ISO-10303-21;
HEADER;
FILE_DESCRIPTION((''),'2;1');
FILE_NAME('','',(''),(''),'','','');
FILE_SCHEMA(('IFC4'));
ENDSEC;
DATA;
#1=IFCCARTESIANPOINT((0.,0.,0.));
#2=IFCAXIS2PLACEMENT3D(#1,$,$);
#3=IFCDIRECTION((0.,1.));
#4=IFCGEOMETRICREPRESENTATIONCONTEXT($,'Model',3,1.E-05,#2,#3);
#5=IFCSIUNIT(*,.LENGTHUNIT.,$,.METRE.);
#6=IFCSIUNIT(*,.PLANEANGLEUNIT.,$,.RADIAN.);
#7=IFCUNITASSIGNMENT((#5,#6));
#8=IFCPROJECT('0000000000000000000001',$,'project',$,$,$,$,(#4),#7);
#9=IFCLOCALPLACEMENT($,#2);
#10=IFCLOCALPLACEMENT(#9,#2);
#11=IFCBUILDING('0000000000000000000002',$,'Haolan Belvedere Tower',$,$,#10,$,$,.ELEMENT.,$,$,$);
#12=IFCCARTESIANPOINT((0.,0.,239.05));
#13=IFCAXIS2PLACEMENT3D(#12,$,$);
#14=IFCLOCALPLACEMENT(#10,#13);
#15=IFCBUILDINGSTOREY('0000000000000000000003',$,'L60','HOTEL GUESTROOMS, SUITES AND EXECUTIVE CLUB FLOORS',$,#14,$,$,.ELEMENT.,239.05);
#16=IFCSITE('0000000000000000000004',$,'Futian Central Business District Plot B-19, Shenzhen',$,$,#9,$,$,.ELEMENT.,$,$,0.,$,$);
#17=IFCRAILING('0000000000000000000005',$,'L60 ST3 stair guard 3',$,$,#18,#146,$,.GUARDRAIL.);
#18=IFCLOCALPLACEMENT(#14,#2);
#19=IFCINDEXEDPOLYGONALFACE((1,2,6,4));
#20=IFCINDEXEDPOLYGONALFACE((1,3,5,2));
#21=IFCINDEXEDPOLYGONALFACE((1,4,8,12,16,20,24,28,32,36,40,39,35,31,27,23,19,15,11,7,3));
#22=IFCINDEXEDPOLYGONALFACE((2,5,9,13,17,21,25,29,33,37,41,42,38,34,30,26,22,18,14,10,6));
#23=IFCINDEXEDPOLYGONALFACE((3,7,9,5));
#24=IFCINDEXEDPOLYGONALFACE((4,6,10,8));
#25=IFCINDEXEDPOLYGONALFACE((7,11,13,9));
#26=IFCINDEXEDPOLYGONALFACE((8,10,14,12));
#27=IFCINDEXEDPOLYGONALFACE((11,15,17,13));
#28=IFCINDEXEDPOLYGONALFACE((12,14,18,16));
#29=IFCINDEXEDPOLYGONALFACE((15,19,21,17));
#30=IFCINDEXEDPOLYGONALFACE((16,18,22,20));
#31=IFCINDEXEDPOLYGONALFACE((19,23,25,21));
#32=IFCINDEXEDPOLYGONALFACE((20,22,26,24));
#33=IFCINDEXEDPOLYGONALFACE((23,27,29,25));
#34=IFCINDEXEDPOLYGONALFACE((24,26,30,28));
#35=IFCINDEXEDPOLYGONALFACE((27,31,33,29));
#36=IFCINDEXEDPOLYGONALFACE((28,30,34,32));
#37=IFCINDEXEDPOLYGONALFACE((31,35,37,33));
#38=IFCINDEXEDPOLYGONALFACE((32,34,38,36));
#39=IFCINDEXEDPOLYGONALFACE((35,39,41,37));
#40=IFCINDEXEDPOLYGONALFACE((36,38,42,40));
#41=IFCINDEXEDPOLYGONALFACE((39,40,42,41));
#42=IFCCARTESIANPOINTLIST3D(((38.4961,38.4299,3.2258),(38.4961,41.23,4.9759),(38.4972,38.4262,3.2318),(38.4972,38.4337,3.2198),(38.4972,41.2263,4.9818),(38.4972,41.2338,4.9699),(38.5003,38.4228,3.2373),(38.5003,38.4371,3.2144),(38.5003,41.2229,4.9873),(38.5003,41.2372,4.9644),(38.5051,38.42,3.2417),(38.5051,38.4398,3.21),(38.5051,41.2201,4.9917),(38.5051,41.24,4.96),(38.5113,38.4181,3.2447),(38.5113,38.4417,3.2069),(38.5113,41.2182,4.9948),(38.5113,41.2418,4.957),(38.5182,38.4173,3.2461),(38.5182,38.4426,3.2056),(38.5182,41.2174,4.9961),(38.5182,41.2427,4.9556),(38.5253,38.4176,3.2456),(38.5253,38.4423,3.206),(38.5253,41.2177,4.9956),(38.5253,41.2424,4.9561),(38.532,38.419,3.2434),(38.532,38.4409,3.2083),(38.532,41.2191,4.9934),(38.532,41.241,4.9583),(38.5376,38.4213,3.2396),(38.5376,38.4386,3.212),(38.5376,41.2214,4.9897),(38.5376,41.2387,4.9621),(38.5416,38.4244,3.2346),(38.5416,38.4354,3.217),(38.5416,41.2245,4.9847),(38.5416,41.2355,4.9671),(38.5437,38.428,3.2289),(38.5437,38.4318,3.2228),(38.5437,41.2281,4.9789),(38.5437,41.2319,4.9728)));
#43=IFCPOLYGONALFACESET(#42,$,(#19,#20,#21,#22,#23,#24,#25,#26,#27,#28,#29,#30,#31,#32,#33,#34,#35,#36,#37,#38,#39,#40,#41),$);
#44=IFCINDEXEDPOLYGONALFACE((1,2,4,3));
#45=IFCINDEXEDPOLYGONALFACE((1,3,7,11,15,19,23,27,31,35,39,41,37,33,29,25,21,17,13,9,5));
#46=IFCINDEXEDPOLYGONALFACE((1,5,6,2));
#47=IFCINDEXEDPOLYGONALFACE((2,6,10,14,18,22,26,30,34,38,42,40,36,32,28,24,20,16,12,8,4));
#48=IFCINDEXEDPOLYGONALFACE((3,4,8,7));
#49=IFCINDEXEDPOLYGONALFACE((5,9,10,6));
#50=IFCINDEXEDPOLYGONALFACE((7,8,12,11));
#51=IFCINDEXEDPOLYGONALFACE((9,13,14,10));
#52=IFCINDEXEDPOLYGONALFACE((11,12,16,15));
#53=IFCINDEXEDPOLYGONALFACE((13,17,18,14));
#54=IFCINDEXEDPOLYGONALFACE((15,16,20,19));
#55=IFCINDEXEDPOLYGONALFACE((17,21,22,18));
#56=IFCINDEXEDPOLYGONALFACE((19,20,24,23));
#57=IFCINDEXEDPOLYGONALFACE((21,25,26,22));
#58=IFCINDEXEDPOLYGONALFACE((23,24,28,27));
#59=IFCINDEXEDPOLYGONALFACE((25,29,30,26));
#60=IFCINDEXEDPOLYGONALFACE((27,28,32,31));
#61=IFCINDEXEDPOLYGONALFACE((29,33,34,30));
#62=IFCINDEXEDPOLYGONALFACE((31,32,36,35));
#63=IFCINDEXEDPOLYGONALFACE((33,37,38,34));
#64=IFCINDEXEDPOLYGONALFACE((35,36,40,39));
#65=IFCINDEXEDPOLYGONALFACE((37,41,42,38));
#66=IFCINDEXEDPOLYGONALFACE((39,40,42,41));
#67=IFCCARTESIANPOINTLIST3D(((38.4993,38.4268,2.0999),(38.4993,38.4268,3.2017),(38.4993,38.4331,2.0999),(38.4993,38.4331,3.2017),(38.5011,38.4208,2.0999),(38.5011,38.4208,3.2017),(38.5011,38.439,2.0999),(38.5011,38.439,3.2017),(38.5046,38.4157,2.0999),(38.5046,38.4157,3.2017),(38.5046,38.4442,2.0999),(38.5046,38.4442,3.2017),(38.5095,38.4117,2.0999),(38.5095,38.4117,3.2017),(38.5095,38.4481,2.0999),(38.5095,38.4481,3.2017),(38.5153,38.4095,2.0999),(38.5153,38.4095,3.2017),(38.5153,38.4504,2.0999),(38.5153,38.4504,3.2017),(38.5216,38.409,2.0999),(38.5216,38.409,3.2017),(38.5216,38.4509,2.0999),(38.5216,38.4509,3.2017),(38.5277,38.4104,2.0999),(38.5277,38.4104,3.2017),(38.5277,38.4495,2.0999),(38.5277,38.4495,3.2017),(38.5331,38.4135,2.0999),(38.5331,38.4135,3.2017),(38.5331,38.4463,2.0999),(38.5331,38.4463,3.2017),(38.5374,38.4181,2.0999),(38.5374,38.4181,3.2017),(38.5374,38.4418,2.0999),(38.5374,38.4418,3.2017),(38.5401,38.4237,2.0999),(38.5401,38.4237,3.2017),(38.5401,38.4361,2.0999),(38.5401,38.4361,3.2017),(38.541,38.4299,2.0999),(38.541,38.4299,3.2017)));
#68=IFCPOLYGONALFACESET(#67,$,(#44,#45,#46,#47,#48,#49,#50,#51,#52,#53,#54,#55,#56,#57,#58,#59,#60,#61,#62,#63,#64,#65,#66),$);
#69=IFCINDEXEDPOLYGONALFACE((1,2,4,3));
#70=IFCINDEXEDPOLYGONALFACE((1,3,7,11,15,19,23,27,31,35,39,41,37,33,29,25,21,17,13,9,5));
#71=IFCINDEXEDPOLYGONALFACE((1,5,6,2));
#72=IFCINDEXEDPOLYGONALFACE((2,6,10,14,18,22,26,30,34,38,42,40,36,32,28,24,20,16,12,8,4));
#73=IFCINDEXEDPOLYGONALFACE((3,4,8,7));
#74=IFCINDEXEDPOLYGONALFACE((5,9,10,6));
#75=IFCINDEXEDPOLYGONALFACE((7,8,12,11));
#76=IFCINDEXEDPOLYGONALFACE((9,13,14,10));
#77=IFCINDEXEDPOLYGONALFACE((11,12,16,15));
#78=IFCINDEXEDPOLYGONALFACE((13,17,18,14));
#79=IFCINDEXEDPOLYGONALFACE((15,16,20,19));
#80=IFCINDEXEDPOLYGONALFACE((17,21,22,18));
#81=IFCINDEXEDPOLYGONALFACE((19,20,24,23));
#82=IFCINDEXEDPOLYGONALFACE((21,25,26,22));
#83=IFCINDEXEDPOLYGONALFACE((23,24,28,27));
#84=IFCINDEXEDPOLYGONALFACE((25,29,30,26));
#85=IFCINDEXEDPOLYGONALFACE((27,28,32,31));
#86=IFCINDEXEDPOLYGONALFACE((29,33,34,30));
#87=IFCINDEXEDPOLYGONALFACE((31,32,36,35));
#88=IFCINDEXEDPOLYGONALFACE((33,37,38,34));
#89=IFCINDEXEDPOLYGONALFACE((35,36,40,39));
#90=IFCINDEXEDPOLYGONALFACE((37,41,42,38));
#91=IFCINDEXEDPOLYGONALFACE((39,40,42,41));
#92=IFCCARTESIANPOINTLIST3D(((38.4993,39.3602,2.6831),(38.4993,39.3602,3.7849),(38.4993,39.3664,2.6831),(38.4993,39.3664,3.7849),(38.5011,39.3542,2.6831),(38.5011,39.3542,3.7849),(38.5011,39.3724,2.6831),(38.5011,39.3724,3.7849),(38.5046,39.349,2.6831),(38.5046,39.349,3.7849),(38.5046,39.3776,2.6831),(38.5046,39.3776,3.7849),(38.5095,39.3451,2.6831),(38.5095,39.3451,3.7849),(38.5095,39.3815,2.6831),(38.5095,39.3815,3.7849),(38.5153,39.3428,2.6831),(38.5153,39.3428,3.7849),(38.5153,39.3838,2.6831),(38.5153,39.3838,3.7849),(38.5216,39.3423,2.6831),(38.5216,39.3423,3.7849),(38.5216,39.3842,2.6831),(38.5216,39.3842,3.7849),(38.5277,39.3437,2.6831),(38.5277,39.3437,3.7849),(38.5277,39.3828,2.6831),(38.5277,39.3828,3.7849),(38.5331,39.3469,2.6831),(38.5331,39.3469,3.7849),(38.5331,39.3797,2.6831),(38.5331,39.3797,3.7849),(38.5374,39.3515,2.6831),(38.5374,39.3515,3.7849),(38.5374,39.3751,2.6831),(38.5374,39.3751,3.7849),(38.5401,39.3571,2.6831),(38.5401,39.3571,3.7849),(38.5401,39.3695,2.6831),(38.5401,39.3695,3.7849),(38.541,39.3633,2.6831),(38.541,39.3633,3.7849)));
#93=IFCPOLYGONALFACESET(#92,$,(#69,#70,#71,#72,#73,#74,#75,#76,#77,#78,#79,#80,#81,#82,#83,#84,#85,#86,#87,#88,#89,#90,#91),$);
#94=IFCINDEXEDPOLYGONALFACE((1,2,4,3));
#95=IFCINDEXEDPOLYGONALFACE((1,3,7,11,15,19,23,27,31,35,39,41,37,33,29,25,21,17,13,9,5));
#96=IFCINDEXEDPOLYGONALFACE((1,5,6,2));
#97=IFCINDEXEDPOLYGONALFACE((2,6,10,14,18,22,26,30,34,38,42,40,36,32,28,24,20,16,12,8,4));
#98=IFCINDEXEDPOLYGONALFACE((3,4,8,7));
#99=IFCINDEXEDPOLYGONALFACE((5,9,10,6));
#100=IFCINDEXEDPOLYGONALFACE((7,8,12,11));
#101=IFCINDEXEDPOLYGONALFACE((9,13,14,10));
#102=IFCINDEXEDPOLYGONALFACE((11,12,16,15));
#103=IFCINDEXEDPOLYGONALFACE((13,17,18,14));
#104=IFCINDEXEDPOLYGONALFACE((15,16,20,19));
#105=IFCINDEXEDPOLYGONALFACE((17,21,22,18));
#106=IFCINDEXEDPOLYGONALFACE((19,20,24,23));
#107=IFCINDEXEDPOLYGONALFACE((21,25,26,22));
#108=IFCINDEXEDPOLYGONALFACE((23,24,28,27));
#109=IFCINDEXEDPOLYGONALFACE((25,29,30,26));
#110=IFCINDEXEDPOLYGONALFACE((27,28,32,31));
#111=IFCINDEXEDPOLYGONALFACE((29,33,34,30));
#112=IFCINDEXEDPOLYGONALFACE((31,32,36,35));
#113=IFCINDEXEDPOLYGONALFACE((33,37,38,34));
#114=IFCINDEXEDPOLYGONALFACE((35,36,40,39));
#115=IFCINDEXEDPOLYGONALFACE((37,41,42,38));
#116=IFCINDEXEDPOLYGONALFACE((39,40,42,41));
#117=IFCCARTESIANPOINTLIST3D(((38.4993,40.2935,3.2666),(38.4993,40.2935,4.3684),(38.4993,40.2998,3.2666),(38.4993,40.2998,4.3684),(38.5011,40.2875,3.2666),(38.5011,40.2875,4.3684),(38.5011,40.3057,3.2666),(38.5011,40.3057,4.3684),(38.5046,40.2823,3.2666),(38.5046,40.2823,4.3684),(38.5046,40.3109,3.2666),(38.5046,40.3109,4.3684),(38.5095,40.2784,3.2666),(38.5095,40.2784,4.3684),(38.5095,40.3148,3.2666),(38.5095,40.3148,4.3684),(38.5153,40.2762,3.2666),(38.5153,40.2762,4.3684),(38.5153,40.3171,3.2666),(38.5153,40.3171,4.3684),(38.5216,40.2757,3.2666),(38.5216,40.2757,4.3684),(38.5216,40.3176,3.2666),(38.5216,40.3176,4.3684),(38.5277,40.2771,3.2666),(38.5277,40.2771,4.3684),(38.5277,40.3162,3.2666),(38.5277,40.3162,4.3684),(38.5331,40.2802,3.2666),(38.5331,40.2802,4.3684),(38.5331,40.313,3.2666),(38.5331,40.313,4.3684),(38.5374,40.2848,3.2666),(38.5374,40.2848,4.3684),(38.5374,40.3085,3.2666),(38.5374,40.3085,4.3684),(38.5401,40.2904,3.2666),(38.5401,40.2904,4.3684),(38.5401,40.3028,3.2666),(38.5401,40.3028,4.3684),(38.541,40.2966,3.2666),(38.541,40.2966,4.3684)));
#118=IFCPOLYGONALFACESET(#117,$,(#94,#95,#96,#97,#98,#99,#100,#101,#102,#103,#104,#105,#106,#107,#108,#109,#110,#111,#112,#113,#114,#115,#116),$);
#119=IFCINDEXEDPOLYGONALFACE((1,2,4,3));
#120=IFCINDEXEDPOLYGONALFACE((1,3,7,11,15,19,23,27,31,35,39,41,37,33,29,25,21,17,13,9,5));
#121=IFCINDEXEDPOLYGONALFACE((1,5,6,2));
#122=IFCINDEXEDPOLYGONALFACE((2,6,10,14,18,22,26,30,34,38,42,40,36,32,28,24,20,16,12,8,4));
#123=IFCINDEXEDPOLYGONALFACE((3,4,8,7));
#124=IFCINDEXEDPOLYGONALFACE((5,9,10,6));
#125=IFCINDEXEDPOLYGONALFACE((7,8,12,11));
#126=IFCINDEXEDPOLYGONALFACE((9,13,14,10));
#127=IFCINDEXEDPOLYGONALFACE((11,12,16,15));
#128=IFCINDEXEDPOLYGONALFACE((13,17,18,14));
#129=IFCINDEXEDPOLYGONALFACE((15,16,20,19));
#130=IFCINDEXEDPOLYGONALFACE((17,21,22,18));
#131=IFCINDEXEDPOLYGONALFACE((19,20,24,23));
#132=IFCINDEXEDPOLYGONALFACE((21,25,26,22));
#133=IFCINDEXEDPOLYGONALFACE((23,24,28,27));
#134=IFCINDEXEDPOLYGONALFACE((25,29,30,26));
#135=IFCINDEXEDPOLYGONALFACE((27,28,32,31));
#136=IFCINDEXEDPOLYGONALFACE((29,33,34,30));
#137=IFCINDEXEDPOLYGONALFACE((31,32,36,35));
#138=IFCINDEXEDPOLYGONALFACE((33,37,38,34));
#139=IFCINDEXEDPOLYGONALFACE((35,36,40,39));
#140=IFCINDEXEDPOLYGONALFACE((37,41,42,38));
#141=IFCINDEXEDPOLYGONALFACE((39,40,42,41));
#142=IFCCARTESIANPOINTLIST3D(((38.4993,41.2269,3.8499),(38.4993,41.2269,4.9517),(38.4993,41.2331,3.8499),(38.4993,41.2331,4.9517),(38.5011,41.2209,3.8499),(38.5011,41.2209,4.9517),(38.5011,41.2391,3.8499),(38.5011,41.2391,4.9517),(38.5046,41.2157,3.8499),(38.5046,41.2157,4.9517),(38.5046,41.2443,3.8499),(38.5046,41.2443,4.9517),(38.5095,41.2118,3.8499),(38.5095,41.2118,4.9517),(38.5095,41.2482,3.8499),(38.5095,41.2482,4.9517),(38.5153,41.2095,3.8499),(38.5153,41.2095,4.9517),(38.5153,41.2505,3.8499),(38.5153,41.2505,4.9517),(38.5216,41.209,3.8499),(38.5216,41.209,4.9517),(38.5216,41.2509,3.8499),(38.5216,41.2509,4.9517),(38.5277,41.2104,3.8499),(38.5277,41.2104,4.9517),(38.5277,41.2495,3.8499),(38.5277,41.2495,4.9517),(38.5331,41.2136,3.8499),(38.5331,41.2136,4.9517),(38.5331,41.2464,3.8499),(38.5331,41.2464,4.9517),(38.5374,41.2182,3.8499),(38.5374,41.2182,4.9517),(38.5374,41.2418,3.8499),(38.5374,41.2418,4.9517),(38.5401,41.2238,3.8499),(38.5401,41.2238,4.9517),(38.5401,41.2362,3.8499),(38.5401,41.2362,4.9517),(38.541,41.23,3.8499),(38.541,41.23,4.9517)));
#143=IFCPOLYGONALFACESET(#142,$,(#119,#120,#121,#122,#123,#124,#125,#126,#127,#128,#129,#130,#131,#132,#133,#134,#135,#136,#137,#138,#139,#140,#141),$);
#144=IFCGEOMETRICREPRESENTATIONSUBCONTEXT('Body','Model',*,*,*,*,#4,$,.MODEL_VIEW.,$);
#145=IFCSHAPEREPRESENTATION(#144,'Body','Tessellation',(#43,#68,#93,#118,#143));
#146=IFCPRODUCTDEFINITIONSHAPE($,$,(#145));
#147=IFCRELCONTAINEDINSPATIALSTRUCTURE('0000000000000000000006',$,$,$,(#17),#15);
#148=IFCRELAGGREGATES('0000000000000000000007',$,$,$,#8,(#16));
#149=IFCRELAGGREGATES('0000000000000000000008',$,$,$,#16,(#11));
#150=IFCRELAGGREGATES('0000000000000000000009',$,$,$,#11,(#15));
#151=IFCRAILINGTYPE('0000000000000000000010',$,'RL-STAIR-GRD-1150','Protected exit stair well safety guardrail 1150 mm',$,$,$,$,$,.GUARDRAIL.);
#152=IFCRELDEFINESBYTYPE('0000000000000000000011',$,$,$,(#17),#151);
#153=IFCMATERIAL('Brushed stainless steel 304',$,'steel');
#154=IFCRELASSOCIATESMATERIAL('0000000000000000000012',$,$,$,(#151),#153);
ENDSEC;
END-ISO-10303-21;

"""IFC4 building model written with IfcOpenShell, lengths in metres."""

from ifc_helpers import new_model, si_unit, direction, frame, origin, origin_2d, place, context, subcontext, project, spatial, circle, extrude, material, type_object, element, save


model = new_model("IFC4")

# Units and contexts
model_context = context("Model", 3, precision=1e-05, world=origin(), true_north=direction((0.0, 1.0)))
body_context = subcontext(model_context, "Body", "Model", "MODEL_VIEW")
ifc_project = project(units=[si_unit("LENGTHUNIT", "METRE"), si_unit("PLANEANGLEUNIT", "RADIAN")], contexts=[model_context])

# Site, building, storey
site_placement = place(None, origin())
site = spatial("IfcSite", under=ifc_project, at=site_placement, Name="Futian Central Business District Plot B-19, Shenzhen", CompositionType="ELEMENT", RefElevation=0.0)
building_placement = place(site_placement, origin())
building = spatial("IfcBuilding", under=site, at=building_placement, Name="Haolan Belvedere Tower", CompositionType="ELEMENT")
storey_placement = place(building_placement, frame((0.0, 0.0, 239.05)))
storey = spatial("IfcBuildingStorey", under=building, at=storey_placement, Name="L60", Description="HOTEL GUESTROOMS, SUITES AND EXECUTIVE CLUB FLOORS", CompositionType="ELEMENT", Elevation=239.05)

# Railing
ifc_material_1 = material(Name="Brushed stainless steel 304", Category="steel")
railing_type_1 = type_object("IfcRailingType", Name="RL-STAIR-GRD-1150", Description="Protected exit stair well safety guardrail 1150 mm", PredefinedType="GUARDRAIL", material=ifc_material_1)
railing_1_placement = place(storey_placement, frame((38.52, 38.4299, 2.0999)))
element("IfcRailing", 1, at=railing_1_placement, inside=storey, type_object=railing_type_1, Name="L60 ST3 stair guard 3", PredefinedType="GUARDRAIL", context=body_context, shape_type="SweptSolid", body=[
    extrude(circle(Radius=0.0239, at=origin_2d()), frame((0.0, 0.0, 1.126), z_axis=(0.0, 0.848002, 0.529992), x_axis=(-1.0, 0.0, 0.0)), (0.0, 0.0, 1.0), 3.302),
    extrude(circle(Radius=0.021, at=origin_2d()), origin(), (0.0, 0.0, 1.0), 1.1018),
    extrude(circle(Radius=0.021, at=origin_2d()), frame((0.0, 0.9333, 0.5833)), (0.0, 0.0, 1.0), 1.1018),
    extrude(circle(Radius=0.021, at=origin_2d()), frame((0.0, 1.8667, 1.1667)), (0.0, 0.0, 1.0), 1.1018),
    extrude(circle(Radius=0.021, at=origin_2d()), frame((0.0, 2.8, 1.75)), (0.0, 0.0, 1.0), 1.1018),
])

save(model, "model.ifc")
